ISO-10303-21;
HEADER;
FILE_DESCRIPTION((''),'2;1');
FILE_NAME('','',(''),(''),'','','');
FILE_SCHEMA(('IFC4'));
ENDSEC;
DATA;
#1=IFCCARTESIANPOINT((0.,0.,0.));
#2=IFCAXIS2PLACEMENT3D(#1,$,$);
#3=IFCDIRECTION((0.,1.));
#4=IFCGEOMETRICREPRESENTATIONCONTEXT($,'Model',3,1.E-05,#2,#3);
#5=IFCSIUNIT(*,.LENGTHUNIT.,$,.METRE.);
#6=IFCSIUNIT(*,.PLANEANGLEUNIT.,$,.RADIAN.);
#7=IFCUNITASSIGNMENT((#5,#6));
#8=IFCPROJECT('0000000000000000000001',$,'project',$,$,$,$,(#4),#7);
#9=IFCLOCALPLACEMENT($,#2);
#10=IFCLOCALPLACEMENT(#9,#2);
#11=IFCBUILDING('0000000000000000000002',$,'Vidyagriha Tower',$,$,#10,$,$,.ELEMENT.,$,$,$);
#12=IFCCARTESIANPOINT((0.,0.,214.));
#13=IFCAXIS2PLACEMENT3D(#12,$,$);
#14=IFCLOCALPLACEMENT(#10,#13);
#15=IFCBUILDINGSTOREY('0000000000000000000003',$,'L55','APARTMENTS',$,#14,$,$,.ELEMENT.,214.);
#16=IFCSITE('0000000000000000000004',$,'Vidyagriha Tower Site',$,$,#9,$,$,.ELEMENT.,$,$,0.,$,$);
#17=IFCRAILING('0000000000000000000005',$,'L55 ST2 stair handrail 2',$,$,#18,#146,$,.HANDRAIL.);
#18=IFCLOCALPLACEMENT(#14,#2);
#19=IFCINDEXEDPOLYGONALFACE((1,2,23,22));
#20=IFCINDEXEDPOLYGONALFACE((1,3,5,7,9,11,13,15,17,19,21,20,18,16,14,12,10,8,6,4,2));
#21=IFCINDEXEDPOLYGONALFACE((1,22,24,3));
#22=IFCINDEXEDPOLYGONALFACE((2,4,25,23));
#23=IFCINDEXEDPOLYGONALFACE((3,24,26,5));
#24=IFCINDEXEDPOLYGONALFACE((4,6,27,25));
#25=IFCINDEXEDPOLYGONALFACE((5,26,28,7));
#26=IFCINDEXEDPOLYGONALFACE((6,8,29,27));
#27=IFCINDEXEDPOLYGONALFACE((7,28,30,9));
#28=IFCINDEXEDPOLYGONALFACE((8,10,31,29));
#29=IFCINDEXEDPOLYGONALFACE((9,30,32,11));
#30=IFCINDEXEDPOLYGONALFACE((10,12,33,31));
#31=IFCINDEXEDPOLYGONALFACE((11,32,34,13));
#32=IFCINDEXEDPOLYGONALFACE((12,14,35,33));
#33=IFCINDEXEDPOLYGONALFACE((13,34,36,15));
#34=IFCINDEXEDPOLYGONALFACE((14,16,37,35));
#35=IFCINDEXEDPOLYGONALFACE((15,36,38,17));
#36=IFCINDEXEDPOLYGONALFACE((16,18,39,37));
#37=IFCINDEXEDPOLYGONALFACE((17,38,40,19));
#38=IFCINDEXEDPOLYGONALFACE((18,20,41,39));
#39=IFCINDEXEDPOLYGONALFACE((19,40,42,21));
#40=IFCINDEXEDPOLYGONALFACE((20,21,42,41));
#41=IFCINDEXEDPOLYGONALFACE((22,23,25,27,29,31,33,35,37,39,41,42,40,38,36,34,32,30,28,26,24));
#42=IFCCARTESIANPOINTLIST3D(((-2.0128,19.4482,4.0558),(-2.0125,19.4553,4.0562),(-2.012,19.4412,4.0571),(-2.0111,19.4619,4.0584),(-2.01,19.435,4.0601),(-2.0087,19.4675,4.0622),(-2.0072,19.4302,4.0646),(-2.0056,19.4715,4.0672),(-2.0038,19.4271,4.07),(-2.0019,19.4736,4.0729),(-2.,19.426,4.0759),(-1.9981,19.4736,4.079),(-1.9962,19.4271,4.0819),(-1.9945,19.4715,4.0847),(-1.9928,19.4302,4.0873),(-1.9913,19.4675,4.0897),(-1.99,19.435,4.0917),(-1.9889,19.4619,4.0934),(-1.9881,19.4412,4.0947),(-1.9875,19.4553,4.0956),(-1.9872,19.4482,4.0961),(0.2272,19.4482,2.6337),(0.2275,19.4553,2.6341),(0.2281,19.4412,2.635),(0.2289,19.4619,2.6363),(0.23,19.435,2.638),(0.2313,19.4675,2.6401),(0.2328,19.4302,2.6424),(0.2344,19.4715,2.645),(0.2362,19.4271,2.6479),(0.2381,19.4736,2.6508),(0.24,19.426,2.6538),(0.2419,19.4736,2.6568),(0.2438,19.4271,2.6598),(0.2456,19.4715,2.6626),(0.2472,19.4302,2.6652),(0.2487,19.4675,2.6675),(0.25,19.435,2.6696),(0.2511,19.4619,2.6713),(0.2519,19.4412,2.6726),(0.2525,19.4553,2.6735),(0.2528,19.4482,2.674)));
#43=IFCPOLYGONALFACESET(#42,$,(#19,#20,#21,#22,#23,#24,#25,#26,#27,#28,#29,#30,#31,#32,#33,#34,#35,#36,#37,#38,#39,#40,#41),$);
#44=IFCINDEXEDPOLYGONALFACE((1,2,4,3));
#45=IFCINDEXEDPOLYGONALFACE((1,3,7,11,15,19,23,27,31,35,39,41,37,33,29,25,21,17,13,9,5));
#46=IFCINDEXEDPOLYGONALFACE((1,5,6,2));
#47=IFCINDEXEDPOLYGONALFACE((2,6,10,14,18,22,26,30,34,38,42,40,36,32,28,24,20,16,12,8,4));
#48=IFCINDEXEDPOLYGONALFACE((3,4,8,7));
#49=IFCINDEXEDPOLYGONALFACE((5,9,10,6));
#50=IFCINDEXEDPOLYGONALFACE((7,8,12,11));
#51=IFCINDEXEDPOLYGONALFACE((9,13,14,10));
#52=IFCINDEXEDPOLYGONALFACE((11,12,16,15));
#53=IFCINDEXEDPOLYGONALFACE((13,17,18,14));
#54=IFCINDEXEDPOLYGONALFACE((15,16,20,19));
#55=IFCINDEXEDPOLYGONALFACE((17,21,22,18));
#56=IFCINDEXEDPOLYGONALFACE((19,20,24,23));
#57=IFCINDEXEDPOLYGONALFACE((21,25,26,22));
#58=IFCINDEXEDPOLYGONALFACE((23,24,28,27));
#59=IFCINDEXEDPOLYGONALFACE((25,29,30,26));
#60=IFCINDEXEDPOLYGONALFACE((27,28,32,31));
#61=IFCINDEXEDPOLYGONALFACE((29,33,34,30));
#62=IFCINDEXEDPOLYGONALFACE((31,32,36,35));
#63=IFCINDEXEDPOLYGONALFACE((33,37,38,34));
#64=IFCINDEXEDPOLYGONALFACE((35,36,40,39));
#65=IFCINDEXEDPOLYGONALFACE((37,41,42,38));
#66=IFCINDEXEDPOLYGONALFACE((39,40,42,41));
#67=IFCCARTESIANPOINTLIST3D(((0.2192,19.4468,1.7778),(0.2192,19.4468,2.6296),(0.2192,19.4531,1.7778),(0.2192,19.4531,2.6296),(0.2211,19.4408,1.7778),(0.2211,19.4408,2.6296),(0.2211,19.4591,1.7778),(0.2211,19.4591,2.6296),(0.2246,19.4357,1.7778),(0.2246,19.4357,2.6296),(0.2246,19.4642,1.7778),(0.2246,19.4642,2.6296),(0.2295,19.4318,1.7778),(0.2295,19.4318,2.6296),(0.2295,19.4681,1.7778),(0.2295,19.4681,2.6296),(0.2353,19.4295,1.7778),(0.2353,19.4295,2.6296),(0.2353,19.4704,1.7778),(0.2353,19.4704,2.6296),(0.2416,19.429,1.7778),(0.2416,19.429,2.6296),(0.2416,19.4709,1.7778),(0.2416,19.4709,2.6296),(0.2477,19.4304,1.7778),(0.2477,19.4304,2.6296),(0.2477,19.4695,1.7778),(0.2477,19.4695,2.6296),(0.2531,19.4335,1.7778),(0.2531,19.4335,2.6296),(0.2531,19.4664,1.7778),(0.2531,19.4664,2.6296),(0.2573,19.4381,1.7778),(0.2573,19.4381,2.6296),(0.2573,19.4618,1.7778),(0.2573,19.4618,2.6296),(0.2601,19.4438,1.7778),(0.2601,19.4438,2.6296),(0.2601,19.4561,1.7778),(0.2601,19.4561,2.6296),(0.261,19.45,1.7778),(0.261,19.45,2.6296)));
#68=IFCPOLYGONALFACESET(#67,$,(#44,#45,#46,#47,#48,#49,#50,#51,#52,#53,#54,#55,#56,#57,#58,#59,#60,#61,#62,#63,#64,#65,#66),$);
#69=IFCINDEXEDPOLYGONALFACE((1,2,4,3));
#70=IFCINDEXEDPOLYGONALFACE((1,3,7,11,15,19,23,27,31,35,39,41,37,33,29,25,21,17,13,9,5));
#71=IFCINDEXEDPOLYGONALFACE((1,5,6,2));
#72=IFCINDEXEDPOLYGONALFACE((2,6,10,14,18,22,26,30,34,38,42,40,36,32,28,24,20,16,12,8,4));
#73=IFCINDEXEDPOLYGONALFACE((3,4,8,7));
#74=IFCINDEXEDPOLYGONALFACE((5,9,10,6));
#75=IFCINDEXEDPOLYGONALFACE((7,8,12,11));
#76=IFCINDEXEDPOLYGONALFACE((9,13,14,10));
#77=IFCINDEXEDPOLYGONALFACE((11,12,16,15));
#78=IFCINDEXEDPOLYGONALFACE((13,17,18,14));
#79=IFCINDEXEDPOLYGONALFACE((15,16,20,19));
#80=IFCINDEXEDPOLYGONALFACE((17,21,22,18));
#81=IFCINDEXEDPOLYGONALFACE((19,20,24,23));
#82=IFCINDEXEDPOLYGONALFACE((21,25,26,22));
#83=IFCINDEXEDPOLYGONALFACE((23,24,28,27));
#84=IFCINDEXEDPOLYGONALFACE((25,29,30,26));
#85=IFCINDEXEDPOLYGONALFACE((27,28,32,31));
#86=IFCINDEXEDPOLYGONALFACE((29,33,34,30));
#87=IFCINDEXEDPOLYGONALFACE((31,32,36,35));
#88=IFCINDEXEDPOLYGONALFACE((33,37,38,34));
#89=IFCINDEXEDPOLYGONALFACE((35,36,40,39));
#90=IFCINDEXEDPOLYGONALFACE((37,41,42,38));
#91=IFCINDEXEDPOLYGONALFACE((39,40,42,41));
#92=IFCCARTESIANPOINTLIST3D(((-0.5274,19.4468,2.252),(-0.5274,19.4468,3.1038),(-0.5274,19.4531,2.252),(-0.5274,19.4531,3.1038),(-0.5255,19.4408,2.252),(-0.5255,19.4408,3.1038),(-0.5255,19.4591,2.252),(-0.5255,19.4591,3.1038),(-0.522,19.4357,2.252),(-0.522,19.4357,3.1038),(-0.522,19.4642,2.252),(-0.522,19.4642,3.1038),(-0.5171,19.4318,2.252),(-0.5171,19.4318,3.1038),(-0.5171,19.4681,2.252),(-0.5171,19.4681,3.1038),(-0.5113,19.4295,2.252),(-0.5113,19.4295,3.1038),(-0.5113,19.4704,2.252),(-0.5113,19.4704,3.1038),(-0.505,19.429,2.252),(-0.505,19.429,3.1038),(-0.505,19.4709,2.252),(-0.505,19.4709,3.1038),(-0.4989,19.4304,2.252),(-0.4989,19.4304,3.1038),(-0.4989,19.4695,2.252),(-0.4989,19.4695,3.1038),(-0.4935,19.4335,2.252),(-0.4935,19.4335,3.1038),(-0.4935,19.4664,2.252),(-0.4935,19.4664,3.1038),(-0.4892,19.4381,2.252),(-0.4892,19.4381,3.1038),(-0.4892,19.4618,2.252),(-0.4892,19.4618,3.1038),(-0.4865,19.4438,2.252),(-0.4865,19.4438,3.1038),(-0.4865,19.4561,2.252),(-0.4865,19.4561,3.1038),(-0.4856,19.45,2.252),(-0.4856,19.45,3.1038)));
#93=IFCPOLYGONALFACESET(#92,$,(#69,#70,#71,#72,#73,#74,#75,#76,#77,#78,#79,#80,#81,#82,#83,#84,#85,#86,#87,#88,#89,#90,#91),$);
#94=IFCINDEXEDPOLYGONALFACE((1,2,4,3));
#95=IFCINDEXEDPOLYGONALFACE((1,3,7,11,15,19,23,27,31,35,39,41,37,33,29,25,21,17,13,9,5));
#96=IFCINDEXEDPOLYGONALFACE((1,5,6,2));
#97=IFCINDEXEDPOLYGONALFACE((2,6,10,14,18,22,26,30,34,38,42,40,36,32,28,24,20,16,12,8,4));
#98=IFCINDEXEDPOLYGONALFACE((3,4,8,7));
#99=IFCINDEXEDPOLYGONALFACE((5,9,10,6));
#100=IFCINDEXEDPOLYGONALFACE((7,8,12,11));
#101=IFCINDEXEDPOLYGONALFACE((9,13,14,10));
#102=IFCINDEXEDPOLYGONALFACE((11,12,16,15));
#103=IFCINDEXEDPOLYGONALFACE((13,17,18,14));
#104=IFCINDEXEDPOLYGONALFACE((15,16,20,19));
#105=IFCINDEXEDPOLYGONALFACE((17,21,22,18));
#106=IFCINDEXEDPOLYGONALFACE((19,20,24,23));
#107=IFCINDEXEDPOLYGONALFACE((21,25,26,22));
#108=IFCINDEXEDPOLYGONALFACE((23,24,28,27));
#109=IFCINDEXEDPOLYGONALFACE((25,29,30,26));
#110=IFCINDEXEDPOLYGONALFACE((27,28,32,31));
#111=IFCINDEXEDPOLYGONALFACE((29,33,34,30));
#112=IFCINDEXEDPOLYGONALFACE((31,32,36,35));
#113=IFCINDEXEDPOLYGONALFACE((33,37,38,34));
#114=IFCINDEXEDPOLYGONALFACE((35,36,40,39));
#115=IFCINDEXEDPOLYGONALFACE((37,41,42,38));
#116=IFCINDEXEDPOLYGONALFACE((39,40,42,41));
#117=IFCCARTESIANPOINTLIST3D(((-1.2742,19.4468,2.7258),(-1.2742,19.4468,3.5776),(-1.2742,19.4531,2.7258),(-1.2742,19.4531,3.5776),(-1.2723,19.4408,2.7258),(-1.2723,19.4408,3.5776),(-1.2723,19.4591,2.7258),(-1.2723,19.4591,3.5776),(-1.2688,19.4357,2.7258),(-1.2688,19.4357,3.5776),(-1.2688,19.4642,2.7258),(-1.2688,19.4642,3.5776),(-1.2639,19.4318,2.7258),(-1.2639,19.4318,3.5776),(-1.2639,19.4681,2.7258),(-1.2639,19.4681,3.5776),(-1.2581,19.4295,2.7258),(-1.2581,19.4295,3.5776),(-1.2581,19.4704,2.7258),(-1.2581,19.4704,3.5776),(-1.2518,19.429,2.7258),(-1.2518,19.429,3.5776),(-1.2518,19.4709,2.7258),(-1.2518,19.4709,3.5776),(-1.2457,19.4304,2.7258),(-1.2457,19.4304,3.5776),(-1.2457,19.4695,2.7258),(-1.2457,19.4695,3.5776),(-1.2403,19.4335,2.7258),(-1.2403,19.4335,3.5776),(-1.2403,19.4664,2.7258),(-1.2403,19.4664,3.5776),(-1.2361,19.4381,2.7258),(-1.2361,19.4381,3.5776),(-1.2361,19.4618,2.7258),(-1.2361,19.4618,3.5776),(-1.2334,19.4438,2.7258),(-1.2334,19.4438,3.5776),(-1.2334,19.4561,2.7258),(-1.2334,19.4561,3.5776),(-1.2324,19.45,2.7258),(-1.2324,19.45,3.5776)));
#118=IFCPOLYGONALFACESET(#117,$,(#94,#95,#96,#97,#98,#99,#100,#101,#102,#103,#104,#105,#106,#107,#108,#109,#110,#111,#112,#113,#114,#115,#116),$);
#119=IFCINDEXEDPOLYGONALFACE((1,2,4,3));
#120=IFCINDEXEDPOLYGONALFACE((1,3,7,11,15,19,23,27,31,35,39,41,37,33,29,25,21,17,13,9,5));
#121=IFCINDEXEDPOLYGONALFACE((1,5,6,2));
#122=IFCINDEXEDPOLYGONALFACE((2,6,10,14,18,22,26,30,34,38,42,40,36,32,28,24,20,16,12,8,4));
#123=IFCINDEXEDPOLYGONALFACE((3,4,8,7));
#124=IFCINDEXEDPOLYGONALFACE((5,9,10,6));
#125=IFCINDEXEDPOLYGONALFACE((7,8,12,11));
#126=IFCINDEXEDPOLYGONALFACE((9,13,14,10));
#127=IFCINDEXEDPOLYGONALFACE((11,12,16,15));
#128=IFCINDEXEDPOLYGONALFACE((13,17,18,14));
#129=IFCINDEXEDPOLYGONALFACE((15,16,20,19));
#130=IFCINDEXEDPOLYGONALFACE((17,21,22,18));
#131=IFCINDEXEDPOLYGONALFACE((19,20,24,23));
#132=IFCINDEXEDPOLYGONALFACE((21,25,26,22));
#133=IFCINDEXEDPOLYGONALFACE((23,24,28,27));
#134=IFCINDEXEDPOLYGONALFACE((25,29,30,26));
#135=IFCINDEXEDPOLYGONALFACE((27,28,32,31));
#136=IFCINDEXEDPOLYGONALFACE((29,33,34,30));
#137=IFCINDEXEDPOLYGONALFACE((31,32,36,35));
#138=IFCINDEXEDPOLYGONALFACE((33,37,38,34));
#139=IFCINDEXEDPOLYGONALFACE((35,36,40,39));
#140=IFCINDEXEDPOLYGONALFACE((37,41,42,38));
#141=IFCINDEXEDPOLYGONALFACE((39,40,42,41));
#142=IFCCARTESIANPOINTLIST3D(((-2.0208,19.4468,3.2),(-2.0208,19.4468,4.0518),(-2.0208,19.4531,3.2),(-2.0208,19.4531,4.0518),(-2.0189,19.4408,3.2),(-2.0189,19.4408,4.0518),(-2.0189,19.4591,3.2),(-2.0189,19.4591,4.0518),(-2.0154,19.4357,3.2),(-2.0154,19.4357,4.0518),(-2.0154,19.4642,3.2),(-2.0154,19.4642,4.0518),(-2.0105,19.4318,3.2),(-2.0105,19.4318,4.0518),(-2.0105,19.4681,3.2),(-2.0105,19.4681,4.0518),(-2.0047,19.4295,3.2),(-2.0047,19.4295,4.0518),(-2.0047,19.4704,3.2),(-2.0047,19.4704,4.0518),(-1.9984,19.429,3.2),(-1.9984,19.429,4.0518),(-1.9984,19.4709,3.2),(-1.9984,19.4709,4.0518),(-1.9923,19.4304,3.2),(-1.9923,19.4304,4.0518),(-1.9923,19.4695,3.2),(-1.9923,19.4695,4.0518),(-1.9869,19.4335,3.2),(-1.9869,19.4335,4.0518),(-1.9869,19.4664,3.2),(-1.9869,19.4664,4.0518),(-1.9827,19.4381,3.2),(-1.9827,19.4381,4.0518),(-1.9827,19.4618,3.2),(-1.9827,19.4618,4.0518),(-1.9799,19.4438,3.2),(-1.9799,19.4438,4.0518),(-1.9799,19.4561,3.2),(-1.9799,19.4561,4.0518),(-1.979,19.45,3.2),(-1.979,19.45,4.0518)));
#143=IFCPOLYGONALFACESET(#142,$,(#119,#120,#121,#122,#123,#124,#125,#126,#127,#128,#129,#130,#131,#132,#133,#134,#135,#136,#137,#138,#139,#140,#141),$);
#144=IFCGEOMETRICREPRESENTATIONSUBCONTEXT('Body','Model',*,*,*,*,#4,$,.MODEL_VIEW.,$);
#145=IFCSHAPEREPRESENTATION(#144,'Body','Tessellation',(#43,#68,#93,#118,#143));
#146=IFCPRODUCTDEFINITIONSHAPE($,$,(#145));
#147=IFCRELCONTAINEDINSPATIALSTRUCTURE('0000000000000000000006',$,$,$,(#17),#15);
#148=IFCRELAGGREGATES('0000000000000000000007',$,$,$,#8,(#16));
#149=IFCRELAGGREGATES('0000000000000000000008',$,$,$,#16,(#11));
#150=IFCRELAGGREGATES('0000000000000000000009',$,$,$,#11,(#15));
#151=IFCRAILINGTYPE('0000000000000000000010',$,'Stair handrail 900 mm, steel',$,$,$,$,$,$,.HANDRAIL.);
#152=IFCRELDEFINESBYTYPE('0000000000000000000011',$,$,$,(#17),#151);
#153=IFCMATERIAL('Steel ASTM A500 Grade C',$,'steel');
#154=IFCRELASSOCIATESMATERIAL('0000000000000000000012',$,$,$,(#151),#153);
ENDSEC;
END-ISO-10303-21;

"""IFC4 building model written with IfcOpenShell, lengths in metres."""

from ifc_helpers import new_model, si_unit, direction, frame, origin, origin_2d, place, context, subcontext, project, spatial, circle, extrude, material, type_object, element, save


model = new_model("IFC4")

# Units and contexts
model_context = context("Model", 3, precision=1e-05, world=origin(), true_north=direction((0.0, 1.0)))
body_context = subcontext(model_context, "Body", "Model", "MODEL_VIEW")
ifc_project = project(units=[si_unit("LENGTHUNIT", "METRE"), si_unit("PLANEANGLEUNIT", "RADIAN")], contexts=[model_context])

# Site, building, storey
site_placement = place(None, origin())
site = spatial("IfcSite", under=ifc_project, at=site_placement, Name="Vidyagriha Tower Site", CompositionType="ELEMENT", RefElevation=0.0)
building_placement = place(site_placement, origin())
building = spatial("IfcBuilding", under=site, at=building_placement, Name="Vidyagriha Tower", CompositionType="ELEMENT")
storey_placement = place(building_placement, frame((0.0, 0.0, 214.0)))
storey = spatial("IfcBuildingStorey", under=building, at=storey_placement, Name="L55", Description="APARTMENTS", CompositionType="ELEMENT", Elevation=214.0)

# Railing
ifc_material_1 = material(Name="Steel ASTM A500 Grade C", Category="steel")
railing_type_1 = type_object("IfcRailingType", Name="Stair handrail 900 mm, steel", PredefinedType="HANDRAIL", material=ifc_material_1)
railing_1_placement = place(storey_placement, frame((0.24, 19.45, 1.7778)))
element("IfcRailing", 1, at=railing_1_placement, inside=storey, type_object=railing_type_1, Name="L55 ST2 stair handrail 2", PredefinedType="HANDRAIL", context=body_context, shape_type="SweptSolid", body=[
    extrude(circle(Radius=0.0239, at=origin_2d()), frame((0.0, 0.0, 0.876), z_axis=(-0.844229, 0.0, 0.535982), x_axis=(0.0, -1.0, 0.0)), (0.0, 0.0, 1.0), 2.6533),
    extrude(circle(Radius=0.021, at=origin_2d()), origin(), (0.0, 0.0, 1.0), 0.8518),
    extrude(circle(Radius=0.021, at=origin_2d()), frame((-0.7466, 0.0, 0.4741)), (0.0, 0.0, 1.0), 0.8518),
    extrude(circle(Radius=0.021, at=origin_2d()), frame((-1.4934, 0.0, 0.948)), (0.0, 0.0, 1.0), 0.8518),
    extrude(circle(Radius=0.021, at=origin_2d()), frame((-2.24, 0.0, 1.4221)), (0.0, 0.0, 1.0), 0.8518),
])

save(model, "model.ifc")
